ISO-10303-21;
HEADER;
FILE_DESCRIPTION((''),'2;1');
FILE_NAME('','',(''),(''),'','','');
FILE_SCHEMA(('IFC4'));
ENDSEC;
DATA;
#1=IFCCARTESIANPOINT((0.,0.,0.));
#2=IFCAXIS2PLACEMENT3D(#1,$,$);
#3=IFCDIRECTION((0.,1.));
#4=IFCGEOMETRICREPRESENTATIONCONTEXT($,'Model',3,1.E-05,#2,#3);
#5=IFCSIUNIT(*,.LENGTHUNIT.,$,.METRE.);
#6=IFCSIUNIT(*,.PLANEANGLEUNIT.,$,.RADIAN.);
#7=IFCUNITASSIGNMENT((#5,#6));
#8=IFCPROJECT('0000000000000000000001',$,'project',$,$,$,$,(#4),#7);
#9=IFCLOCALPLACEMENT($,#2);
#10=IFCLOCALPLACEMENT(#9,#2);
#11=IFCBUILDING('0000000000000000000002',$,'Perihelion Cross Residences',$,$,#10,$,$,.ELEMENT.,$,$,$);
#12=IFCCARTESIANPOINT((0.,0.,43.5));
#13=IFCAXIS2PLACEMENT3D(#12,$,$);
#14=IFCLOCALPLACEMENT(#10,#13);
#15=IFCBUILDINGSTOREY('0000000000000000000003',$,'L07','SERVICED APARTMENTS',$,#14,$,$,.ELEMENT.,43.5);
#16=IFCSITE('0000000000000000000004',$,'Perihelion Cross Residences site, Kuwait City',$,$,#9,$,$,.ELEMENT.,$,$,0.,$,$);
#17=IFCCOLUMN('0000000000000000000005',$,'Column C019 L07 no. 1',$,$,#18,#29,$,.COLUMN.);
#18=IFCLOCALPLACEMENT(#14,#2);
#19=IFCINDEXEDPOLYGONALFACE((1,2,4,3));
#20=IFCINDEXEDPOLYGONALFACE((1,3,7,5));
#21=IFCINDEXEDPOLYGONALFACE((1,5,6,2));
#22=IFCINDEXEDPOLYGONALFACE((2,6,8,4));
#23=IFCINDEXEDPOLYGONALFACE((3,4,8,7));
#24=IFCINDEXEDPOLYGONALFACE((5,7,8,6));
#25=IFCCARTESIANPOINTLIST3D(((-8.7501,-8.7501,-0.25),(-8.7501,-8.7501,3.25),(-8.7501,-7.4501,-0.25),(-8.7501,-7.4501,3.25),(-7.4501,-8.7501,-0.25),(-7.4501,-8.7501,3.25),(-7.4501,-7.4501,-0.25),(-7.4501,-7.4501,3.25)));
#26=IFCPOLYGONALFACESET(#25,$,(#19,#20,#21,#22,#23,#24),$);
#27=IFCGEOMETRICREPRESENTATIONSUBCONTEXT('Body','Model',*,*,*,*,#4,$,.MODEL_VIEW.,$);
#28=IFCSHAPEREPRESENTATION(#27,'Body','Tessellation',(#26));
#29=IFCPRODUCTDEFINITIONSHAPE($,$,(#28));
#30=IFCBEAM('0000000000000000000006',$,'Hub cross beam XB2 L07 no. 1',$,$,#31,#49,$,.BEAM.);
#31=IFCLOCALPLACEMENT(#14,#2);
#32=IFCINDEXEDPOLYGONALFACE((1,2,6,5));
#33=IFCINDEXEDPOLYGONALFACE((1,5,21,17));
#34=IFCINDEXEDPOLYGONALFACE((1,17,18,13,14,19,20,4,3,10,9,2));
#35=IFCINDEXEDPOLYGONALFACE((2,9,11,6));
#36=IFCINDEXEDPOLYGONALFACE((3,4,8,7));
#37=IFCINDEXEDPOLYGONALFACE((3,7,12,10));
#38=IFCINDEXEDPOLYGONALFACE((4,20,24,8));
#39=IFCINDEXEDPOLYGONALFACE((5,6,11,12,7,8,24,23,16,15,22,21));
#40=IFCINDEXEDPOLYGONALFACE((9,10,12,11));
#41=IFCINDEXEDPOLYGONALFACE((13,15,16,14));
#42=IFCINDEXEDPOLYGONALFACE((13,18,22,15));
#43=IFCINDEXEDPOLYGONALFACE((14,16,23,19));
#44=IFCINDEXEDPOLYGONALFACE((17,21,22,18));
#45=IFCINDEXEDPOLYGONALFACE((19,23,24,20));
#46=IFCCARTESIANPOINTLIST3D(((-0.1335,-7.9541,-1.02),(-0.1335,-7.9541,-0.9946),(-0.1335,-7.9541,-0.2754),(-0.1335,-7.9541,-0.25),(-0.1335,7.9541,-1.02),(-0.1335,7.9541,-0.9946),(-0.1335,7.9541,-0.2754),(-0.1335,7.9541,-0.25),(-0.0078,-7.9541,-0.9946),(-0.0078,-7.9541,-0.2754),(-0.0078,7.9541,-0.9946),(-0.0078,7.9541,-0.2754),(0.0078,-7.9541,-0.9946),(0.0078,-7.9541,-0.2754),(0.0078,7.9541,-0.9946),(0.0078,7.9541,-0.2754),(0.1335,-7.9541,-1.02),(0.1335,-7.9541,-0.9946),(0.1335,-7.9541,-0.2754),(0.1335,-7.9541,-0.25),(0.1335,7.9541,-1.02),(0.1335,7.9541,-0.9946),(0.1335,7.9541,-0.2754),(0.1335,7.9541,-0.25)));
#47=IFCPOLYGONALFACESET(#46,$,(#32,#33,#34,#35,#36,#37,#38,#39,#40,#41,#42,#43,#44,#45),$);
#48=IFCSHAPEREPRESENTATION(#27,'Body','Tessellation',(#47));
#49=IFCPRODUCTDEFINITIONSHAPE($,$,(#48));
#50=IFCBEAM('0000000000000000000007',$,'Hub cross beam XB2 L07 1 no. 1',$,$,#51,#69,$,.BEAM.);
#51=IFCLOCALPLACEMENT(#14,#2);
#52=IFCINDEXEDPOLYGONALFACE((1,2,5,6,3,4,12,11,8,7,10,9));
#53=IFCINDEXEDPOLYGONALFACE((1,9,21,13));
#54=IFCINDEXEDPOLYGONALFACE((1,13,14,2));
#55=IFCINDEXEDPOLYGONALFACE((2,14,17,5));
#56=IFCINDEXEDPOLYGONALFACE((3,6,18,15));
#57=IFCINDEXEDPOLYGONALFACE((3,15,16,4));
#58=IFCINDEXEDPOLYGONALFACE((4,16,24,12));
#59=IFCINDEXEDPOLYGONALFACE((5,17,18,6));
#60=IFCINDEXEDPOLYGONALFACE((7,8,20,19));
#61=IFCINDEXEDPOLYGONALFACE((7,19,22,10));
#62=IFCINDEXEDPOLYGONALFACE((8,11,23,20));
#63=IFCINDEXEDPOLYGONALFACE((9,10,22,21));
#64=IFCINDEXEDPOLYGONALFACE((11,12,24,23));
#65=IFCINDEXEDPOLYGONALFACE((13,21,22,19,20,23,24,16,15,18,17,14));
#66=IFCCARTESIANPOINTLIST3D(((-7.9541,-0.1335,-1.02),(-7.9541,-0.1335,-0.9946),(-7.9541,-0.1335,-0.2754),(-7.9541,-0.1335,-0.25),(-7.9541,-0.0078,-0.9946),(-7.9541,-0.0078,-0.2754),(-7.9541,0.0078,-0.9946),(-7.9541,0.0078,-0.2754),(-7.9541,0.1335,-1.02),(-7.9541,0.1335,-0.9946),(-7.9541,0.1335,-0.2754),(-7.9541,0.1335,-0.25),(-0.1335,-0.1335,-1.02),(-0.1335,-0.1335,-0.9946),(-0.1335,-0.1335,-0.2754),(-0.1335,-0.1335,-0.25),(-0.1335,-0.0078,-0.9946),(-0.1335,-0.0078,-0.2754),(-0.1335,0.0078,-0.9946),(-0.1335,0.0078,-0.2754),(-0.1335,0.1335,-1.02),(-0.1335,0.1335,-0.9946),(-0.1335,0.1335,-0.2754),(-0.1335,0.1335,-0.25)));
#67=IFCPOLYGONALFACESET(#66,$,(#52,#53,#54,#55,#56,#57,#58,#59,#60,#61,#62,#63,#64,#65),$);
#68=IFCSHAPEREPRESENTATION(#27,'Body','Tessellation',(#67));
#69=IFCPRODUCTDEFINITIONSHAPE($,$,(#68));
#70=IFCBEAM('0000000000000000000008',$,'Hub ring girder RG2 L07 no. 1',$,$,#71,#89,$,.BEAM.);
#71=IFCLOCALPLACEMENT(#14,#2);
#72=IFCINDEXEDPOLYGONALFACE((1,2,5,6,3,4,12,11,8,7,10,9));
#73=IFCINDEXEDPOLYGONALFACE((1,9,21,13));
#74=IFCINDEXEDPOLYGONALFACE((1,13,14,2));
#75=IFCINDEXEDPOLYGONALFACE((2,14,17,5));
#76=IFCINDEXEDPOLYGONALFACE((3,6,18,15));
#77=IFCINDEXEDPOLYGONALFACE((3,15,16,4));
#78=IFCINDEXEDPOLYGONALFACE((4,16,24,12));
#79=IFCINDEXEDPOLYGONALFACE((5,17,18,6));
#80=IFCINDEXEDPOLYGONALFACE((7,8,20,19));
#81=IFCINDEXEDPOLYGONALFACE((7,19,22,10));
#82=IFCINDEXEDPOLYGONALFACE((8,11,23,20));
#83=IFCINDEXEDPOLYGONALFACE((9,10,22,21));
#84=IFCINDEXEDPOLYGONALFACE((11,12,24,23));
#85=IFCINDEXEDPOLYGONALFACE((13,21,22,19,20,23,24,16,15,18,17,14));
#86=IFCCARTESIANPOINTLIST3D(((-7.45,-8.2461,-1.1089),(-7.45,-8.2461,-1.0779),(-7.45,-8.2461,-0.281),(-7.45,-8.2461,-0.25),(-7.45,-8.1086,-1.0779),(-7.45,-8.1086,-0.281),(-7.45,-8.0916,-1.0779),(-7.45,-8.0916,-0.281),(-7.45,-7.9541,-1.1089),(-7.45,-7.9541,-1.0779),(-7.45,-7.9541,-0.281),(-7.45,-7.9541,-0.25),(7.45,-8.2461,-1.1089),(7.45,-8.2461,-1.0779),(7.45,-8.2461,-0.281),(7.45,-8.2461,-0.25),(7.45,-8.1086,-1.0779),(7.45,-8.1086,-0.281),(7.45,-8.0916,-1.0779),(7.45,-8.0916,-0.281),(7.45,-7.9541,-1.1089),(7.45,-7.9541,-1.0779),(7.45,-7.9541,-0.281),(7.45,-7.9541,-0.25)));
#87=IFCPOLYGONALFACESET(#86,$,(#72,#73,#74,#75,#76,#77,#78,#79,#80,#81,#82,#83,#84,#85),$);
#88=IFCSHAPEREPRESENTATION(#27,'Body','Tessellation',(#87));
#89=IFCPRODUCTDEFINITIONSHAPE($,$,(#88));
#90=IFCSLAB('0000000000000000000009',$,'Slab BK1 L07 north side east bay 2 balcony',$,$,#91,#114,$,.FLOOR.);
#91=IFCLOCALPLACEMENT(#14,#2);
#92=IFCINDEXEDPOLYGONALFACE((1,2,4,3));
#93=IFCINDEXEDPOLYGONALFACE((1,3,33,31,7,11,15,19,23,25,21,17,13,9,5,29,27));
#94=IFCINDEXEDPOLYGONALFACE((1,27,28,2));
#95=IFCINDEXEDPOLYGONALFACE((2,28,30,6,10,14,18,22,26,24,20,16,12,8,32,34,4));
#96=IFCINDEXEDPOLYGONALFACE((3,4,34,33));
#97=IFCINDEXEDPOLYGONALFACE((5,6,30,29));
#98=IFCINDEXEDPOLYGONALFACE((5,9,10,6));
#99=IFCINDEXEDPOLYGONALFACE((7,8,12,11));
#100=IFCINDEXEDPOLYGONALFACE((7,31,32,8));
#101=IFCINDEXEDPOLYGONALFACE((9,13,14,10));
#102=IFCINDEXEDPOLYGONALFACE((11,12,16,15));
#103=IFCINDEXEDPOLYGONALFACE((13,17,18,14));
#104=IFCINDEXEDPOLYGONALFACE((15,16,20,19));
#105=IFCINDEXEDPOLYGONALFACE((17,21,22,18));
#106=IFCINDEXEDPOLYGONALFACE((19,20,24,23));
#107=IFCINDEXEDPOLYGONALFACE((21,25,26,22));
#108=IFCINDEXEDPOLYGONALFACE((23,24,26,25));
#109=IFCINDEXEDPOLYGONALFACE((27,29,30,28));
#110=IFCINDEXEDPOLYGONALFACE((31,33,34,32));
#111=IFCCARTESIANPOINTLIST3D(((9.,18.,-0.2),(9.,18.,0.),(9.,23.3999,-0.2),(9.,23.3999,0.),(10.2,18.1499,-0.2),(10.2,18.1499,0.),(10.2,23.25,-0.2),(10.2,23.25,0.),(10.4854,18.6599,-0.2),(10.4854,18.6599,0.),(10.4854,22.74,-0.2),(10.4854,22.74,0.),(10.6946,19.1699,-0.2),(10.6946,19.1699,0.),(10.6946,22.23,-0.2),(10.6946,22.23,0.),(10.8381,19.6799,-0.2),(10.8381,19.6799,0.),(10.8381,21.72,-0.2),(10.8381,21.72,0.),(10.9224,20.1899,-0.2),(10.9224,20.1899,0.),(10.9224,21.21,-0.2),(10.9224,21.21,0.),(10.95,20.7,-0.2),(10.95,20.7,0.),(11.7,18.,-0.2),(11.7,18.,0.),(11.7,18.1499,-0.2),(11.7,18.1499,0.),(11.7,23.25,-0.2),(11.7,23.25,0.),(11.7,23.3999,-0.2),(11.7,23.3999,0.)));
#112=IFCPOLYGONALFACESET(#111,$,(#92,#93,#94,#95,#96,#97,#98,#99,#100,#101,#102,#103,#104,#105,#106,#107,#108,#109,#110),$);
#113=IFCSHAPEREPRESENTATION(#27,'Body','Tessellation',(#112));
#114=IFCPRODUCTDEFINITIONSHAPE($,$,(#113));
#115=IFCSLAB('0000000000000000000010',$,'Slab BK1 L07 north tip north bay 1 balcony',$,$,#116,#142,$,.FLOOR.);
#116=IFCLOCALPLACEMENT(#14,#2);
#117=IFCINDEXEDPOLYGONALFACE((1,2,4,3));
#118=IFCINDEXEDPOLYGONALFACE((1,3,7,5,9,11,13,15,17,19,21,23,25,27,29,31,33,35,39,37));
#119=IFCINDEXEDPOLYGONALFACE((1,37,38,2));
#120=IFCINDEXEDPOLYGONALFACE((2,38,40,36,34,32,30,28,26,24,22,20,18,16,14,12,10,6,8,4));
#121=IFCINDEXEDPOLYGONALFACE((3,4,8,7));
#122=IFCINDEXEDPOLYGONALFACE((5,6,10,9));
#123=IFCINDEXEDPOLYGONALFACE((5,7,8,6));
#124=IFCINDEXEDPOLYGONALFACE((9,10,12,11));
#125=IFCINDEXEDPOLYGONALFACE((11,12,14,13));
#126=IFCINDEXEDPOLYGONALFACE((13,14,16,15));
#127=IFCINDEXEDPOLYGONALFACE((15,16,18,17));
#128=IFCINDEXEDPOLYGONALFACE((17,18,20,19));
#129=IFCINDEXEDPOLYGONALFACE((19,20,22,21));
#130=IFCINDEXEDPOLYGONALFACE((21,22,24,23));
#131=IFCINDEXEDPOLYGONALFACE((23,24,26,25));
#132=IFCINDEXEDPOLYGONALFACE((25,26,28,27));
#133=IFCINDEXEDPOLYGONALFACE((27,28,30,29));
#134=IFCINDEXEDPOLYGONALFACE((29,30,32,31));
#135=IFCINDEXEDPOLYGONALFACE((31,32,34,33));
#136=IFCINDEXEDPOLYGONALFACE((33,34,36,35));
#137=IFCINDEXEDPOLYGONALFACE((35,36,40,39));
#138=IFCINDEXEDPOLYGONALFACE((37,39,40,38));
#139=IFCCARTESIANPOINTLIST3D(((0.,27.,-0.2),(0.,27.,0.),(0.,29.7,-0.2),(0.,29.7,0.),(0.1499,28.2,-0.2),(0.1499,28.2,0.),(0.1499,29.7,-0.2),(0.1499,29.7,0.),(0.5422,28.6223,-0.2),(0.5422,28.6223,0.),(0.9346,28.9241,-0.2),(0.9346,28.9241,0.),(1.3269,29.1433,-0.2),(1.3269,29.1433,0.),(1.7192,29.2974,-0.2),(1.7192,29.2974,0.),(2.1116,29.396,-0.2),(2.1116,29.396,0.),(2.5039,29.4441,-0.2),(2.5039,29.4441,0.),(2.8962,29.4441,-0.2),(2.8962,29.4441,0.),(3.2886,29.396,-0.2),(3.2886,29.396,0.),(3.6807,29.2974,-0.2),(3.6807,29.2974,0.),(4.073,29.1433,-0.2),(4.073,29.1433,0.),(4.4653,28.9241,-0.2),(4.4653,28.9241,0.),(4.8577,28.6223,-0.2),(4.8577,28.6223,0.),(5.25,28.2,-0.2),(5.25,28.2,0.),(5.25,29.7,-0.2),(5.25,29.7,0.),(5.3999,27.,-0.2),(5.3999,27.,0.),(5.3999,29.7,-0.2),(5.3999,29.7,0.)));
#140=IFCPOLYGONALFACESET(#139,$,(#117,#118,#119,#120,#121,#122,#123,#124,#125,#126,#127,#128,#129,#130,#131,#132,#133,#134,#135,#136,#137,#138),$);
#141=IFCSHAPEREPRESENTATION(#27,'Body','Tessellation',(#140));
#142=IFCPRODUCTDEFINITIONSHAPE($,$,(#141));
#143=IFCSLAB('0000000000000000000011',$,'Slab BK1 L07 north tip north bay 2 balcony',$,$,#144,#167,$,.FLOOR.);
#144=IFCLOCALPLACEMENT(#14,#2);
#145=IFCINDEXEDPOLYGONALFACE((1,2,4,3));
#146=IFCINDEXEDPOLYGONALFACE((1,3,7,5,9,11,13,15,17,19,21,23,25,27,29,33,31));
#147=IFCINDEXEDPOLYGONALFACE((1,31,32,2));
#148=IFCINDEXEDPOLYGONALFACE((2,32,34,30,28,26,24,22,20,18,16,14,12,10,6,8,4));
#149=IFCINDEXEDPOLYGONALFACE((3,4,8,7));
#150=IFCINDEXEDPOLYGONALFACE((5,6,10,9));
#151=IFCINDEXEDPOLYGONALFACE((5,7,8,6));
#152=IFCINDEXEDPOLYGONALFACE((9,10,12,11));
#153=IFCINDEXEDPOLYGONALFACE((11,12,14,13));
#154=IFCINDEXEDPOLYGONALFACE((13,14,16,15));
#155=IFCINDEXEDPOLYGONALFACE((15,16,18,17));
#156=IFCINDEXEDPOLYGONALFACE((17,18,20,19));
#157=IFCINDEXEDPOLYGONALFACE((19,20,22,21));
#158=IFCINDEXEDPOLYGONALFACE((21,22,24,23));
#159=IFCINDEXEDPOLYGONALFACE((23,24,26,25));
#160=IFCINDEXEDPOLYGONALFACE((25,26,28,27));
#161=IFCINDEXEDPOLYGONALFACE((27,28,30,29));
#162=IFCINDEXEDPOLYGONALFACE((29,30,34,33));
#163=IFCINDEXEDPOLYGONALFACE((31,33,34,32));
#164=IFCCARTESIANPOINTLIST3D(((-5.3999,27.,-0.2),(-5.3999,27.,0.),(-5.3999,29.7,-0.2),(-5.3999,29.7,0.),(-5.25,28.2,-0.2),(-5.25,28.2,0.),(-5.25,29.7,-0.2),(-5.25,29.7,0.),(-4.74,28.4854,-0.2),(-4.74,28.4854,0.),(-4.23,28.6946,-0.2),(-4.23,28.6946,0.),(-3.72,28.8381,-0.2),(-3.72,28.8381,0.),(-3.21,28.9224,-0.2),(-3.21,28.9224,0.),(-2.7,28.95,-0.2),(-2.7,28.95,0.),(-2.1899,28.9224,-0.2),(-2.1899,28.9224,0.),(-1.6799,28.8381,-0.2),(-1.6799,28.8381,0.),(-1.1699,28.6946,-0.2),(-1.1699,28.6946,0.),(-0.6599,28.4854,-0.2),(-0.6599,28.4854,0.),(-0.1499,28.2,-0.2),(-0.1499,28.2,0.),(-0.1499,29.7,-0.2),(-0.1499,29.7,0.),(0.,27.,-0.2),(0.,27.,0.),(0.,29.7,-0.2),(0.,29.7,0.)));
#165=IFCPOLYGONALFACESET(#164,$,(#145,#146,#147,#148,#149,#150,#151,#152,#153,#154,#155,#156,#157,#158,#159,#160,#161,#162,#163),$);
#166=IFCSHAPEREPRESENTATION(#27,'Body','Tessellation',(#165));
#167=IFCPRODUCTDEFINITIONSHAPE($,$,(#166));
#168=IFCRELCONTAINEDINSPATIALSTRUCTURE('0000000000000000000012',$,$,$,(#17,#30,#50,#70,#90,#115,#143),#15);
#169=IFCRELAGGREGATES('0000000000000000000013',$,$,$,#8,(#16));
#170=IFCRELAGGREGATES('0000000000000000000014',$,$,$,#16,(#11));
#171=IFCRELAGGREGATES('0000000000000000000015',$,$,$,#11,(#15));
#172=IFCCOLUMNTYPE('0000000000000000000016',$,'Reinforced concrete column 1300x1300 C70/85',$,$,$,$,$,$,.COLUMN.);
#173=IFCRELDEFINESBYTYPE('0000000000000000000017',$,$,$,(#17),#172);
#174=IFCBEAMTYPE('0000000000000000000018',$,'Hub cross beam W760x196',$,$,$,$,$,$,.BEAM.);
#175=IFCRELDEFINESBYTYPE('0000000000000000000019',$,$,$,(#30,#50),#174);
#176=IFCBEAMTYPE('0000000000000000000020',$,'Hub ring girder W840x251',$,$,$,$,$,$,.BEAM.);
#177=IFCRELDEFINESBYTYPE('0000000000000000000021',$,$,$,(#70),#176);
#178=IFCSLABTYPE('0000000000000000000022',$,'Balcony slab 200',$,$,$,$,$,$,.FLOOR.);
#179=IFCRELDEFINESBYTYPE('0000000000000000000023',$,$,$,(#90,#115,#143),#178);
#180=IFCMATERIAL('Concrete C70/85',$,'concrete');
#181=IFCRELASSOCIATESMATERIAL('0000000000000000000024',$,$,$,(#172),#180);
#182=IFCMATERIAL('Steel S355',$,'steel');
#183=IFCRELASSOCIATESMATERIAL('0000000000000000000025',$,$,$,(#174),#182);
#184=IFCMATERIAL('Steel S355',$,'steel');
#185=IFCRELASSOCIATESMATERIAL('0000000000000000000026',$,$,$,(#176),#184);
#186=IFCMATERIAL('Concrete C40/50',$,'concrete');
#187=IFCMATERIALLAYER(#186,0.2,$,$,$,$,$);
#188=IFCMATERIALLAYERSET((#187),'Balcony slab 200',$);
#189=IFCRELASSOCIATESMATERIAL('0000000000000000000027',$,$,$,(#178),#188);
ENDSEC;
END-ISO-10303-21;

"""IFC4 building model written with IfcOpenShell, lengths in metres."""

from ifc_helpers import new_model, si_unit, direction, frame, origin, origin_2d, place, context, subcontext, project, spatial, polyline, rectangle, i_section, outline, extrude, material, layer, layer_set, material_profile, profile_set, type_object, element, save


model = new_model("IFC4")

# Units and contexts
model_context = context("Model", 3, precision=1e-05, world=origin(), true_north=direction((0.0, 1.0)))
body_context = subcontext(model_context, "Body", "Model", "MODEL_VIEW")
ifc_project = project(units=[si_unit("LENGTHUNIT", "METRE"), si_unit("PLANEANGLEUNIT", "RADIAN")], contexts=[model_context])

# Site, building, storey
site_placement = place(None, origin())
site = spatial("IfcSite", under=ifc_project, at=site_placement, Name="Perihelion Cross Residences site, Kuwait City", CompositionType="ELEMENT", RefElevation=0.0)
building_placement = place(site_placement, origin())
building = spatial("IfcBuilding", under=site, at=building_placement, Name="Perihelion Cross Residences", CompositionType="ELEMENT")
storey_placement = place(building_placement, frame((0.0, 0.0, 43.5)))
storey = spatial("IfcBuildingStorey", under=building, at=storey_placement, Name="L07", Description="SERVICED APARTMENTS", CompositionType="ELEMENT", Elevation=43.5)

# Column
ifc_material_1 = material(Name="Concrete C70/85", Category="concrete")
ifc_material_profile_1 = material_profile(ifc_material_1, rectangle(XDim=1.3, YDim=1.3, at=origin_2d()), Name="RC 1300x1300")
ifc_profile_set_1 = profile_set([ifc_material_profile_1], Name="Concrete C70/85")
column_type = type_object("IfcColumnType", Name="Reinforced concrete column 1300x1300 C70/85", PredefinedType="COLUMN", material=ifc_profile_set_1)
column_placement = place(storey_placement, frame((-8.1001, -8.1001, -0.25), z_axis=(0.0, 0.0, 1.0), x_axis=(1.0, 0.0, 0.0)))
element("IfcColumn", 1, at=column_placement, inside=storey, type_object=column_type, Name="Column C019 L07 no. 1", PredefinedType="COLUMN", context=body_context, shape_type="SweptSolid", body=[
    extrude(rectangle(XDim=1.3, YDim=1.3, at=origin_2d()), origin(), (0.0, 0.0, 1.0), 3.5),
])

# Beams
ifc_material_2 = material(Name="Steel S355", Category="steel")
ifc_material_profile_2 = material_profile(ifc_material_2, i_section(OverallWidth=0.2671, OverallDepth=0.77, WebThickness=0.0156, FlangeThickness=0.0254, at=origin_2d()), Name="W760x196")
ifc_profile_set_2 = profile_set([ifc_material_profile_2], Name="Steel S355")
beam_type_1 = type_object("IfcBeamType", Name="Hub cross beam W760x196", PredefinedType="BEAM", material=ifc_profile_set_2)
beam_1_placement = place(storey_placement, frame((0.0, -7.9541, -0.635), z_axis=(0.0, 1.0, 0.0), x_axis=(-1.0, 0.0, 0.0)))
element("IfcBeam", 2, at=beam_1_placement, inside=storey, type_object=beam_type_1, Name="Hub cross beam XB2 L07 no. 1", PredefinedType="BEAM", context=body_context, shape_type="SweptSolid", body=[
    extrude(i_section(OverallWidth=0.2671, OverallDepth=0.77, WebThickness=0.0156, FlangeThickness=0.0254, at=origin_2d()), origin(), (0.0, 0.0, 1.0), 15.9082),
])
beam_2_placement = place(storey_placement, frame((-7.9541, 0.0, -0.635), z_axis=(1.0, 0.0, 0.0), x_axis=(0.0, 1.0, 0.0)))
element("IfcBeam", 3, at=beam_2_placement, inside=storey, type_object=beam_type_1, Name="Hub cross beam XB2 L07 1 no. 1", PredefinedType="BEAM", context=body_context, shape_type="SweptSolid", body=[
    extrude(i_section(OverallWidth=0.2671, OverallDepth=0.77, WebThickness=0.0156, FlangeThickness=0.0254, at=origin_2d()), origin(), (0.0, 0.0, 1.0), 7.8206),
])
ifc_material_3 = material(Name="Steel S355", Category="steel")
ifc_material_profile_3 = material_profile(ifc_material_3, i_section(OverallWidth=0.292, OverallDepth=0.8589, WebThickness=0.0171, FlangeThickness=0.031, at=origin_2d()), Name="W840x251")
ifc_profile_set_3 = profile_set([ifc_material_profile_3], Name="Steel S355")
beam_type_2 = type_object("IfcBeamType", Name="Hub ring girder W840x251", PredefinedType="BEAM", material=ifc_profile_set_3)
beam_3_placement = place(storey_placement, frame((-7.45, -8.1001, -0.6794), z_axis=(1.0, 0.0, 0.0), x_axis=(0.0, 1.0, 0.0)))
element("IfcBeam", 4, at=beam_3_placement, inside=storey, type_object=beam_type_2, Name="Hub ring girder RG2 L07 no. 1", PredefinedType="BEAM", context=body_context, shape_type="SweptSolid", body=[
    extrude(i_section(OverallWidth=0.292, OverallDepth=0.8589, WebThickness=0.0171, FlangeThickness=0.031, at=origin_2d()), origin(), (0.0, 0.0, 1.0), 14.8999),
])

# Slabs
ifc_material_4 = material(Name="Concrete C40/50", Category="concrete")
ifc_layer_1 = layer(ifc_material_4, 0.2)
ifc_layer_set_1 = layer_set([ifc_layer_1], Name="Balcony slab 200")
slab_type_1 = type_object("IfcSlabType", Name="Balcony slab 200", PredefinedType="FLOOR", material=ifc_layer_set_1)
slab_1_placement = place(storey_placement, frame((0.0, 0.0, -0.2)))
element("IfcSlab", 5, at=slab_1_placement, inside=storey, type_object=slab_type_1, Name="Slab BK1 L07 north side east bay 2 balcony", PredefinedType="FLOOR", context=body_context, shape_type="SweptSolid", body=[
    extrude(outline(polyline([(9.0, 18.0), (9.0, 23.3999), (11.7, 23.3999), (11.7, 23.25), (10.2, 23.25), (10.4854, 22.74), (10.6946, 22.23), (10.8381, 21.72), (10.9224, 21.21), (10.95, 20.7), (10.9224, 20.1899), (10.8381, 19.6799), (10.6946, 19.1699), (10.4854, 18.6599), (10.2, 18.1499), (11.7, 18.1499), (11.7, 18.0), (9.0, 18.0)])), origin(), (0.0, 0.0, 1.0), 0.2),
])
slab_2_placement = place(storey_placement, frame((0.0, 0.0, -0.2)))
element("IfcSlab", 6, at=slab_2_placement, inside=storey, type_object=slab_type_1, Name="Slab BK1 L07 north tip north bay 1 balcony", PredefinedType="FLOOR", context=body_context, shape_type="SweptSolid", body=[
    extrude(outline(polyline([(5.3999, 27.0), (0.0, 27.0), (0.0, 29.7), (0.1499, 29.7), (0.1499, 28.2), (0.5422, 28.6223), (0.9346, 28.9241), (1.3269, 29.1433), (1.7192, 29.2974), (2.1116, 29.396), (2.5039, 29.4441), (2.8962, 29.4441), (3.2886, 29.396), (3.6807, 29.2974), (4.073, 29.1433), (4.4653, 28.9241), (4.8577, 28.6223), (5.25, 28.2), (5.25, 29.7), (5.3999, 29.7), (5.3999, 27.0)])), origin(), (0.0, 0.0, 1.0), 0.2),
])
slab_3_placement = place(storey_placement, frame((0.0, 0.0, -0.2)))
element("IfcSlab", 7, at=slab_3_placement, inside=storey, type_object=slab_type_1, Name="Slab BK1 L07 north tip north bay 2 balcony", PredefinedType="FLOOR", context=body_context, shape_type="SweptSolid", body=[
    extrude(outline(polyline([(0.0, 27.0), (-5.3999, 27.0), (-5.3999, 29.7), (-5.25, 29.7), (-5.25, 28.2), (-4.74, 28.4854), (-4.23, 28.6946), (-3.72, 28.8381), (-3.21, 28.9224), (-2.7, 28.95), (-2.1899, 28.9224), (-1.6799, 28.8381), (-1.1699, 28.6946), (-0.6599, 28.4854), (-0.1499, 28.2), (-0.1499, 29.7), (0.0, 29.7), (0.0, 27.0)])), origin(), (0.0, 0.0, 1.0), 0.2),
])

save(model, "model.ifc")
